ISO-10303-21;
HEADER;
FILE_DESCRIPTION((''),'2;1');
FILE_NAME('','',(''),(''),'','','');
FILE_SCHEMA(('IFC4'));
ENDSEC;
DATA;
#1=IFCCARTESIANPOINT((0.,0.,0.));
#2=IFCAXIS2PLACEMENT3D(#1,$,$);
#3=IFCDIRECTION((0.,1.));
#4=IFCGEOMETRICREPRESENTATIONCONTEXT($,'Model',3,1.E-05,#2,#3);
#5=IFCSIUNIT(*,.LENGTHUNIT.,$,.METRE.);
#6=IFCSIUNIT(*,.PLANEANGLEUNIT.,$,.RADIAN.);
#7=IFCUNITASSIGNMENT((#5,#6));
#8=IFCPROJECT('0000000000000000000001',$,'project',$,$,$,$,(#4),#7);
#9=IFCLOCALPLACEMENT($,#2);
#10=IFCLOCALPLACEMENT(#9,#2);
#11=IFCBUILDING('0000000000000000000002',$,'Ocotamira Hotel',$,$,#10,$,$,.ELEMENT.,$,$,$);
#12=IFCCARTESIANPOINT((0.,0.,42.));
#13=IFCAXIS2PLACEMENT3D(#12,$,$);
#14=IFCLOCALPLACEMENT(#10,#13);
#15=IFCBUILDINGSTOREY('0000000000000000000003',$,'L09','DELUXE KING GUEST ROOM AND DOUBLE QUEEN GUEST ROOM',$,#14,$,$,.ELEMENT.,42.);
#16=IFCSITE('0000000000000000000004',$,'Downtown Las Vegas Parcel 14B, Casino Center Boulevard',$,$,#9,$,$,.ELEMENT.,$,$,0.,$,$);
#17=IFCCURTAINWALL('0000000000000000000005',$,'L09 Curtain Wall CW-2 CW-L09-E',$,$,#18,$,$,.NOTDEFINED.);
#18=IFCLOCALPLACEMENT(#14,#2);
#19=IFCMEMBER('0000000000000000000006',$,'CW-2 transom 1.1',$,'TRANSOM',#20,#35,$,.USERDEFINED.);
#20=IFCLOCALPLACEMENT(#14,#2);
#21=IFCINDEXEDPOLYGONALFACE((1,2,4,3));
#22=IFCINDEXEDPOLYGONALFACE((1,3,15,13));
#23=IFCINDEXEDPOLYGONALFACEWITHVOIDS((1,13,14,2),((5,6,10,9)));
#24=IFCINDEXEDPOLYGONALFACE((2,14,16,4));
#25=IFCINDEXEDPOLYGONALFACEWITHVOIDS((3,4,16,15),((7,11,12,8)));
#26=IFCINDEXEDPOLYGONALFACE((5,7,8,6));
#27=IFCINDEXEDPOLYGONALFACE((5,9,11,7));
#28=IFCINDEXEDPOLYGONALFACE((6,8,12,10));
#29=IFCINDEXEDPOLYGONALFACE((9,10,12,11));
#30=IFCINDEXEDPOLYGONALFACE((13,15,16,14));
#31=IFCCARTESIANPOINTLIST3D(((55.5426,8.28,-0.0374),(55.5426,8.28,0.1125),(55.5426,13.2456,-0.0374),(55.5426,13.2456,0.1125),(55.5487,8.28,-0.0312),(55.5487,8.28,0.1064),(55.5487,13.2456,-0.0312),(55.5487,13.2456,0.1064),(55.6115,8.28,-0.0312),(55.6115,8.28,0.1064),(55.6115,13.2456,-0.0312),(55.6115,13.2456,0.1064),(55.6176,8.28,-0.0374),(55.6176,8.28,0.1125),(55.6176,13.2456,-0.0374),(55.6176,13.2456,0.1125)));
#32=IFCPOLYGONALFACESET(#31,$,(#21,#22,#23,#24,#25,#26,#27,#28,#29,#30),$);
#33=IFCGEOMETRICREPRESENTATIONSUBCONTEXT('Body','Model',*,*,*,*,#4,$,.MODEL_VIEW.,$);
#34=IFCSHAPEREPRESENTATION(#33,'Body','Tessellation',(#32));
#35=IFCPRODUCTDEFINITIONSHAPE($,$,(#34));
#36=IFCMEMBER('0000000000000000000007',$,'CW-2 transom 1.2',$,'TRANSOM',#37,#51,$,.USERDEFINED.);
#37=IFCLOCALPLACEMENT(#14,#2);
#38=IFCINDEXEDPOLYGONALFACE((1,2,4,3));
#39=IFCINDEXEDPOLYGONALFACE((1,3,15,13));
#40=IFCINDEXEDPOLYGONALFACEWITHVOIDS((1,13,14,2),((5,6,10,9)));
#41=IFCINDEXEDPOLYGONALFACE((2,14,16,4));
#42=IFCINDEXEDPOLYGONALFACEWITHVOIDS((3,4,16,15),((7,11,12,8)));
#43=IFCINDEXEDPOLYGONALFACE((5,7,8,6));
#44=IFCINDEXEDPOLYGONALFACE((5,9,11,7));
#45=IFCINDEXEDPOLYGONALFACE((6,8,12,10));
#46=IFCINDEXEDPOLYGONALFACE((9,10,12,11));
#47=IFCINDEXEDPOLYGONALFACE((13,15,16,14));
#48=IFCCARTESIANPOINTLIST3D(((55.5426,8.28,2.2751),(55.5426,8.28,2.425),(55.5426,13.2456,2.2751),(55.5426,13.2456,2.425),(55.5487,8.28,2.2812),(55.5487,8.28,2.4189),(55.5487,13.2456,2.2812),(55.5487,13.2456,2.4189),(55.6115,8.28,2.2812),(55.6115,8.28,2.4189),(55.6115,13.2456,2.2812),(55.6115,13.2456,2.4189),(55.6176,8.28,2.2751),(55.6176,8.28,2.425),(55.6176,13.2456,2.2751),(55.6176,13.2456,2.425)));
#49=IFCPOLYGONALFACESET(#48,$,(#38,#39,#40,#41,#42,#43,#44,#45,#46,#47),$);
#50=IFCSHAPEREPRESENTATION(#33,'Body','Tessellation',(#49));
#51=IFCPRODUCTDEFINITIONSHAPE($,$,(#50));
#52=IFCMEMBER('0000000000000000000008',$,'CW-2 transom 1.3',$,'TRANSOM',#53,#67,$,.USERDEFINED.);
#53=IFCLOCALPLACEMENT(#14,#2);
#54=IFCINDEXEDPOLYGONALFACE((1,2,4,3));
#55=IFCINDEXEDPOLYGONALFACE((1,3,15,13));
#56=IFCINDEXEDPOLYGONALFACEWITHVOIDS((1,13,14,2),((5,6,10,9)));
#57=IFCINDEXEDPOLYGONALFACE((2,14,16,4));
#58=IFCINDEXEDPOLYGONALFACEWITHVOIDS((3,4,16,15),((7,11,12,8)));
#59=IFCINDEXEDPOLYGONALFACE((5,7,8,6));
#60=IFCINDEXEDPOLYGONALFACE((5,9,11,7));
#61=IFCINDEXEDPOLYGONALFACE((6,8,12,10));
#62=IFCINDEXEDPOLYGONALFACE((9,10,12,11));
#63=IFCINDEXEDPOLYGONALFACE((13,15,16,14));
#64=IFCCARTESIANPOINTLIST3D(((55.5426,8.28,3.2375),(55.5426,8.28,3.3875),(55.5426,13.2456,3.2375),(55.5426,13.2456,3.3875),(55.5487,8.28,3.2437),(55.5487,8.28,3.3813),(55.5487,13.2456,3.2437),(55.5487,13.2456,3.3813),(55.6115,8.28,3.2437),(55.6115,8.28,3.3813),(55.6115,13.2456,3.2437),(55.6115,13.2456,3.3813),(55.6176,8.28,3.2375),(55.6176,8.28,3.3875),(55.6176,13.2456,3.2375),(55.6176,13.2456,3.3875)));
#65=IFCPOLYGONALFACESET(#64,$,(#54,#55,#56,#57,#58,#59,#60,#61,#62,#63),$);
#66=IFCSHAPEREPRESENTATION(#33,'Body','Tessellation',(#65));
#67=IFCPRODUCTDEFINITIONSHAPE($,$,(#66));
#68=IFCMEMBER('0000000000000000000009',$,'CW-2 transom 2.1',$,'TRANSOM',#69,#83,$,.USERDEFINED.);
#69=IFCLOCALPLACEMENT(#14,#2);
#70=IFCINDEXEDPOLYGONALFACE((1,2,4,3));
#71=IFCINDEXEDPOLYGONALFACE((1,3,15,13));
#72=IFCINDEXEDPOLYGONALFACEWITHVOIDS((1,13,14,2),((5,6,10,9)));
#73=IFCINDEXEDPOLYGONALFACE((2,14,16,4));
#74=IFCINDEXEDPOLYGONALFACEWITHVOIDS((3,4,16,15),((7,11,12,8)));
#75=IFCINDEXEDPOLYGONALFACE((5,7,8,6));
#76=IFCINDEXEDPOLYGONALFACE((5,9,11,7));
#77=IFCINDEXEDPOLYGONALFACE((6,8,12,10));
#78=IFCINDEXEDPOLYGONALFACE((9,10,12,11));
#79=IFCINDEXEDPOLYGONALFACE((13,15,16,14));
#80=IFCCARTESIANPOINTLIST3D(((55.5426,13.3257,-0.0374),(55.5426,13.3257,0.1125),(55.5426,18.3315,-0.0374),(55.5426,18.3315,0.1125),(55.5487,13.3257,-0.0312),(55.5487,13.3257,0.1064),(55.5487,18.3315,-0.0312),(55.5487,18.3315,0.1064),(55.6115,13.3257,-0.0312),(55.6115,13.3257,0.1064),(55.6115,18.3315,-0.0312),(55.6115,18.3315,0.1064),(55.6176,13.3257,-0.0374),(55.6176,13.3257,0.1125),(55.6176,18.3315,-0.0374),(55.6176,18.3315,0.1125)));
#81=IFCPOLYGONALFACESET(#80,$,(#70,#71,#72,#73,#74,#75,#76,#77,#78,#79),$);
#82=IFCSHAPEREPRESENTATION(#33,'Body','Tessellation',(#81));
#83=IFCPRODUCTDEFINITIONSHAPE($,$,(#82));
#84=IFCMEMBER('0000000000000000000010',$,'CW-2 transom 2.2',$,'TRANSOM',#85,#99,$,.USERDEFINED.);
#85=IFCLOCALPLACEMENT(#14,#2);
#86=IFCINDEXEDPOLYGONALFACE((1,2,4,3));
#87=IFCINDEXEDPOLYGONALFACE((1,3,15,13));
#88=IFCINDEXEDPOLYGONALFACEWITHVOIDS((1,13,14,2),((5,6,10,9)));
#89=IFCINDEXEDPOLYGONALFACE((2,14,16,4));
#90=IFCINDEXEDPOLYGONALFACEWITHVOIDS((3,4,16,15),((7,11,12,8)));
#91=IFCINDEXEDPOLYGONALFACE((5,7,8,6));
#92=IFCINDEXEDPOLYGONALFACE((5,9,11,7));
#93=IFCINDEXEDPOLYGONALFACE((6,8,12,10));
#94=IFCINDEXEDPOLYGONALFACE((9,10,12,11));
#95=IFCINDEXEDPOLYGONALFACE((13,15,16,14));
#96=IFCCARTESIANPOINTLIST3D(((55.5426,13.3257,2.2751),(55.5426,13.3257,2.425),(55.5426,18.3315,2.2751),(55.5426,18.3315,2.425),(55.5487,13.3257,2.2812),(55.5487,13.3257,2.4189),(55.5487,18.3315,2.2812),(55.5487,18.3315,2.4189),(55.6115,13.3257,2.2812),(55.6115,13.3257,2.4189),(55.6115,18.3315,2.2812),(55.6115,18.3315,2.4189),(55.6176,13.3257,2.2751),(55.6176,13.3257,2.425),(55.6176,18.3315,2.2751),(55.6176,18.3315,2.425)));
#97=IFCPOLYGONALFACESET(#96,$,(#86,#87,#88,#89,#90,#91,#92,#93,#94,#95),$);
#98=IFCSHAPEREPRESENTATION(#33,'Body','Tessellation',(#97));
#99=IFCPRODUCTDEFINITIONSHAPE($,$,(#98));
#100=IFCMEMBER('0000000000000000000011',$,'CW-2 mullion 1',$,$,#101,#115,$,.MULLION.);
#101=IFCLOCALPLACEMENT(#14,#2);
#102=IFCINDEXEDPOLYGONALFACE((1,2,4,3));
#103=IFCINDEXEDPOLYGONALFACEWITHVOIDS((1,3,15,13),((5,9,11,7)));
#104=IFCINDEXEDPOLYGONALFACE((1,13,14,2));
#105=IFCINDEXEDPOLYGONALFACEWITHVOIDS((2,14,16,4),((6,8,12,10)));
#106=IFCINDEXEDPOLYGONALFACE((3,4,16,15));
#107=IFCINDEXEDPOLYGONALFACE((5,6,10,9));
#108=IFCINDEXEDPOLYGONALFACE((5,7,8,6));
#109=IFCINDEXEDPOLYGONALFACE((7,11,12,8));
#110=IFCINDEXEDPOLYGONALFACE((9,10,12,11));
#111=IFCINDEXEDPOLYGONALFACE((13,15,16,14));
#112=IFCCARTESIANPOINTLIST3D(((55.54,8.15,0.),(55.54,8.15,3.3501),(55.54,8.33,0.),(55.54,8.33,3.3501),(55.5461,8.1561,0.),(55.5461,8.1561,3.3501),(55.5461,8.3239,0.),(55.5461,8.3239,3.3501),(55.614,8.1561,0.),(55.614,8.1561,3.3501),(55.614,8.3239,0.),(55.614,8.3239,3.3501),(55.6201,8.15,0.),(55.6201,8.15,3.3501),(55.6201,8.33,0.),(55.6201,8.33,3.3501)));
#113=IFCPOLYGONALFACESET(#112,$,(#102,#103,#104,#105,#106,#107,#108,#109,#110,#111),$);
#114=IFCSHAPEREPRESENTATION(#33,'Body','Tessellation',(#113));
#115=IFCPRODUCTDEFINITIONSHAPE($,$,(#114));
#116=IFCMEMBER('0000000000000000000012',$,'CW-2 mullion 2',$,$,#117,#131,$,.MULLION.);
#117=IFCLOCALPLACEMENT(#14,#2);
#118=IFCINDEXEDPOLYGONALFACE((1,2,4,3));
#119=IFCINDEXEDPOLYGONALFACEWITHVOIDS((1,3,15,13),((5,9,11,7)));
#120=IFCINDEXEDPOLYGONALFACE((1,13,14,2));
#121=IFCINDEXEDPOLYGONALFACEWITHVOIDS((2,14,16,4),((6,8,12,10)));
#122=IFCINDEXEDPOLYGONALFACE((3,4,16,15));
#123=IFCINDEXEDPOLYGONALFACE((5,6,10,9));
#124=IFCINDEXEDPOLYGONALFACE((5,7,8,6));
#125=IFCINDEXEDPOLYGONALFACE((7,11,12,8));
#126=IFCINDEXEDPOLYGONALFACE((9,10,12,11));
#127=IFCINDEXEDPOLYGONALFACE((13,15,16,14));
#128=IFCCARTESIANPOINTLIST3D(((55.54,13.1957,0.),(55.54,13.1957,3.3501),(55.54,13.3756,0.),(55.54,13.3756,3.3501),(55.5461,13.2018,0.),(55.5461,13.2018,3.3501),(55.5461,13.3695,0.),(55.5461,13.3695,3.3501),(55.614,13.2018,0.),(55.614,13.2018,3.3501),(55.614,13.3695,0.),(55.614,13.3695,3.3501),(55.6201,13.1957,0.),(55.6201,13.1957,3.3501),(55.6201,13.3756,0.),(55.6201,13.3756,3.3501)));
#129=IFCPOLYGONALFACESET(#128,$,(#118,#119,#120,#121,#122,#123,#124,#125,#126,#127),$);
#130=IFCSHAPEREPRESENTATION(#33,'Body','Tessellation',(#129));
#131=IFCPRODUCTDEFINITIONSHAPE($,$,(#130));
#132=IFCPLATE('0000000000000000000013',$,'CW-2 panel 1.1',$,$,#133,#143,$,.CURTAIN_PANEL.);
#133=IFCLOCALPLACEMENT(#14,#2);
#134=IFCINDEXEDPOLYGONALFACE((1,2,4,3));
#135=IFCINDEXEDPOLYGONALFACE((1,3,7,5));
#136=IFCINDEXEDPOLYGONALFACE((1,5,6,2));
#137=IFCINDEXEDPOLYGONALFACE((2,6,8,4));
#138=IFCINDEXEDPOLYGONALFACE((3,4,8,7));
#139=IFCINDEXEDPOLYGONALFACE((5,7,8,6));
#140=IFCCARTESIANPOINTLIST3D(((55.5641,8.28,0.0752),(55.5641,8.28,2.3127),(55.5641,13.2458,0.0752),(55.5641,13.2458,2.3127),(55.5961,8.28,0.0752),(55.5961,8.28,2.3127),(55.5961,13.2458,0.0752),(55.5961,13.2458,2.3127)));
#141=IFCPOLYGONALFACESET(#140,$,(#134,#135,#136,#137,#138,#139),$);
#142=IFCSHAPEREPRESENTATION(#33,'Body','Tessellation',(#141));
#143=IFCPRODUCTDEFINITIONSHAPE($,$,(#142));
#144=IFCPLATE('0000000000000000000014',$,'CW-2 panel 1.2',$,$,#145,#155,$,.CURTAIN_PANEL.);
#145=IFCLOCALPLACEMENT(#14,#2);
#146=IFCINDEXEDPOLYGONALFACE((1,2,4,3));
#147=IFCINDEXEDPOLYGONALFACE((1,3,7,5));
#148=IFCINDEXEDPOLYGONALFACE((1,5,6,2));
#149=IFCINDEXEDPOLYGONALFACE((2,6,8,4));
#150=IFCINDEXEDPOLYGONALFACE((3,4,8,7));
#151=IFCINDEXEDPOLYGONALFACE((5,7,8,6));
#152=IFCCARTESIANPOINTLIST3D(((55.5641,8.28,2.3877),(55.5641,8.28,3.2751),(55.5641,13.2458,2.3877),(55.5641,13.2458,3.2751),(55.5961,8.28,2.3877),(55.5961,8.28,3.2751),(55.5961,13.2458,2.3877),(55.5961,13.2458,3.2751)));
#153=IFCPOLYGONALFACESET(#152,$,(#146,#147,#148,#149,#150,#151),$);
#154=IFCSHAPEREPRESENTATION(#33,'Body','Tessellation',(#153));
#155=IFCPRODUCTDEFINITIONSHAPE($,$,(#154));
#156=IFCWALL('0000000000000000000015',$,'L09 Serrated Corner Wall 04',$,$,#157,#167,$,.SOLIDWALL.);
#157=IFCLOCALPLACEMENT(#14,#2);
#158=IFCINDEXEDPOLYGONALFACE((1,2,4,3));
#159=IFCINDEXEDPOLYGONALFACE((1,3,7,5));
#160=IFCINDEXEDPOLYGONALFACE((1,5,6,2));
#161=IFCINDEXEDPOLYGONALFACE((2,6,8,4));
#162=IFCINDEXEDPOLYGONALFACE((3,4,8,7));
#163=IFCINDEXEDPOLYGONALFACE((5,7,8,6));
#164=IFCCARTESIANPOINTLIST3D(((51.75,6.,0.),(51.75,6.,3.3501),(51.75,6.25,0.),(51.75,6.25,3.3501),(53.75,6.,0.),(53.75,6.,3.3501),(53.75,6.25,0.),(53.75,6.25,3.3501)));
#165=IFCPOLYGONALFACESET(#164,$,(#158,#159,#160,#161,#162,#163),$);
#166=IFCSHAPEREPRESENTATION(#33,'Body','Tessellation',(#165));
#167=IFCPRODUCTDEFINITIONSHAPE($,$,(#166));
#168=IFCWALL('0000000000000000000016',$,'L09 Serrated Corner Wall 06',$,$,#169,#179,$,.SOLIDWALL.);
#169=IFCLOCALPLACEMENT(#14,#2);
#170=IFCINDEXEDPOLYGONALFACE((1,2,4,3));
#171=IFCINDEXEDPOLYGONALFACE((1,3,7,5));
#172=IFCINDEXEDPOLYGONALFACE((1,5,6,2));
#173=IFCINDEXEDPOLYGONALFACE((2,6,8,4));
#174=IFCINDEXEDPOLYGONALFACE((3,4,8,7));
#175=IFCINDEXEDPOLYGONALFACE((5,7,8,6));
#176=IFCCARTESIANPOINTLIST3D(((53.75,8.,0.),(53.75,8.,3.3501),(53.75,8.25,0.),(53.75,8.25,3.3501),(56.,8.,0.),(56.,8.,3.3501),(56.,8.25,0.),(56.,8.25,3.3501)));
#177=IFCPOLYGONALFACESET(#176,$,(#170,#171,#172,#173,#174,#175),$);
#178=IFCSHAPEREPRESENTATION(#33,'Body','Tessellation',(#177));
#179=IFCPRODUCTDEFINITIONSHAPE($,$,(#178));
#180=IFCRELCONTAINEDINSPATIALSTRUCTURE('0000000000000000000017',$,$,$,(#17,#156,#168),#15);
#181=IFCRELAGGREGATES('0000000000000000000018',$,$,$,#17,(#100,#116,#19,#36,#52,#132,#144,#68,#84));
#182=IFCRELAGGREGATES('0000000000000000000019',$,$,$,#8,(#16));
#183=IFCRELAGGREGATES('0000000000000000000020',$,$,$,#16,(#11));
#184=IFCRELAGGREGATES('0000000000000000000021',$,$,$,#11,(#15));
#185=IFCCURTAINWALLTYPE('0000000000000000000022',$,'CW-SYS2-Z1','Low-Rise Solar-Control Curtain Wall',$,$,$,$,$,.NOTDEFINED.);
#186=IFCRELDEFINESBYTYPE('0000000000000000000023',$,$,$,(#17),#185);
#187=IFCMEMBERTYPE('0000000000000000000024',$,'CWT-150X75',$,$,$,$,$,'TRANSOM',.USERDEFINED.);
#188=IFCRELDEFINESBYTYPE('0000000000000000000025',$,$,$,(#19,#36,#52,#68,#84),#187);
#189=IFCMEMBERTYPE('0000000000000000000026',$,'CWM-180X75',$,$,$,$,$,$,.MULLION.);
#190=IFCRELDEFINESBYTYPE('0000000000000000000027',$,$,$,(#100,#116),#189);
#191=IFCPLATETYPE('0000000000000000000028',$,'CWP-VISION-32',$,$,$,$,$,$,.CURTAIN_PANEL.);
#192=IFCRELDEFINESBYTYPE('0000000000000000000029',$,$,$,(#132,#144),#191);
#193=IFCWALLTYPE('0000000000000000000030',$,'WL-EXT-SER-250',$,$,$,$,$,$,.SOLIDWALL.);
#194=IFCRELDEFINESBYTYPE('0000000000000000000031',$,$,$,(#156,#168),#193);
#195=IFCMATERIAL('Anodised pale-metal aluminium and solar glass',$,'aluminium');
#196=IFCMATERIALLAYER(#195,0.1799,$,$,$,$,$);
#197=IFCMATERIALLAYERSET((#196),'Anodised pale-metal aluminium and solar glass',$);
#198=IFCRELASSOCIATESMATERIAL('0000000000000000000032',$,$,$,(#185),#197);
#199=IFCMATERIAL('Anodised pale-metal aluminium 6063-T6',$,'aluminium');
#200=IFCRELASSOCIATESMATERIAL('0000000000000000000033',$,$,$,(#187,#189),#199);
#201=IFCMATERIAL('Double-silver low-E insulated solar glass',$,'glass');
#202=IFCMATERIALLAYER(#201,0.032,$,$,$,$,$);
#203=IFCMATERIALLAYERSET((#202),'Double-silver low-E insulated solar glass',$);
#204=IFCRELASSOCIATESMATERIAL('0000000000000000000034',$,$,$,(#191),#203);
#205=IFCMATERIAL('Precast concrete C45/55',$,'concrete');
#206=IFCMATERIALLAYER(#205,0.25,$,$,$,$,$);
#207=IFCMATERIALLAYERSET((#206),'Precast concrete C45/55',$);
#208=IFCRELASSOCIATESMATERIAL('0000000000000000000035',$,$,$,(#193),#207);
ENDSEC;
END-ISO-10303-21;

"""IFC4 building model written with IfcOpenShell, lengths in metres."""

from ifc_helpers import new_model, si_unit, direction, frame, frame_2d, origin, origin_2d, place, context, subcontext, project, spatial, rectangle, hollow_rectangle, extrude, source, transform, mapped, material, layer, layer_set, material_profile, profile_set, type_object, element, aggregate, save


model = new_model("IFC4")

# Units and contexts
model_context = context("Model", 3, precision=1e-05, world=origin(), true_north=direction((0.0, 1.0)))
body_context = subcontext(model_context, "Body", "Model", "MODEL_VIEW")
ifc_project = project(units=[si_unit("LENGTHUNIT", "METRE"), si_unit("PLANEANGLEUNIT", "RADIAN")], contexts=[model_context])

# Site, building, storey
site_placement = place(None, origin())
site = spatial("IfcSite", under=ifc_project, at=site_placement, Name="Downtown Las Vegas Parcel 14B, Casino Center Boulevard", CompositionType="ELEMENT", RefElevation=0.0)
building_placement = place(site_placement, origin())
building = spatial("IfcBuilding", under=site, at=building_placement, Name="Ocotamira Hotel", CompositionType="ELEMENT")
storey_placement = place(building_placement, frame((0.0, 0.0, 42.0)))
storey = spatial("IfcBuildingStorey", under=building, at=storey_placement, Name="L09", Description="DELUXE KING GUEST ROOM AND DOUBLE QUEEN GUEST ROOM", CompositionType="ELEMENT", Elevation=42.0)

# Curtain wall, members, plates
ifc_material_1 = material(Name="Anodised pale-metal aluminium and solar glass", Category="aluminium")
ifc_layer_1 = layer(ifc_material_1, 0.1799)
ifc_layer_set_1 = layer_set([ifc_layer_1], Name="Anodised pale-metal aluminium and solar glass")
curtain_wall_type = type_object("IfcCurtainWallType", Name="CW-SYS2-Z1", Description="Low-Rise Solar-Control Curtain Wall", PredefinedType="NOTDEFINED", material=ifc_layer_set_1)
curtain_wall_placement = place(storey_placement, origin())
curtain_wall = element("IfcCurtainWall", 1, at=curtain_wall_placement, inside=storey, type_object=curtain_wall_type, Name="L09 Curtain Wall CW-2 CW-L09-E", PredefinedType="NOTDEFINED")
ifc_material_2 = material(Name="Anodised pale-metal aluminium 6063-T6", Category="aluminium")
ifc_material_profile_1 = material_profile(ifc_material_2, hollow_rectangle(XDim=0.075, YDim=0.1499, WallThickness=0.0061, at=origin_2d()), Name="HSS150X75X6")
ifc_profile_set_1 = profile_set([ifc_material_profile_1], Name="Anodised pale-metal aluminium 6063-T6")
member_type_1 = type_object("IfcMemberType", Name="CWT-150X75", ElementType="TRANSOM", PredefinedType="USERDEFINED", material=ifc_profile_set_1)
shared_shape_1 = source(origin(), body_context, "Body", "SweptSolid", [
    extrude(hollow_rectangle(XDim=0.075, YDim=0.1499, WallThickness=0.0061, at=origin_2d()), origin(), (0.0, 0.0, 1.0), 4.9656),
])
member_1_placement = place(storey_placement, frame((55.5801, 8.28, 0.0376), z_axis=(0.0, 1.0, 0.0), x_axis=(-1.0, 0.0, 0.0)))
member_1 = element("IfcMember", 2, at=member_1_placement, type_object=member_type_1, Name="CW-2 transom 1.1", ObjectType="TRANSOM", PredefinedType="USERDEFINED", context=body_context, shape_type="MappedRepresentation", body=[
    mapped(shared_shape_1, transform((0.0, 0.0, 0.0), scale=1.0)),
])
member_2_placement = place(storey_placement, frame((55.5801, 8.28, 2.3501), z_axis=(0.0, 1.0, 0.0), x_axis=(-1.0, 0.0, 0.0)))
member_2 = element("IfcMember", 3, at=member_2_placement, type_object=member_type_1, Name="CW-2 transom 1.2", ObjectType="TRANSOM", PredefinedType="USERDEFINED", context=body_context, shape_type="MappedRepresentation", body=[
    mapped(shared_shape_1, transform((0.0, 0.0, 0.0), scale=1.0)),
])
member_3_placement = place(storey_placement, frame((55.5801, 8.28, 3.3125), z_axis=(0.0, 1.0, 0.0), x_axis=(-1.0, 0.0, 0.0)))
member_3 = element("IfcMember", 4, at=member_3_placement, type_object=member_type_1, Name="CW-2 transom 1.3", ObjectType="TRANSOM", PredefinedType="USERDEFINED", context=body_context, shape_type="MappedRepresentation", body=[
    mapped(shared_shape_1, transform((0.0, 0.0, 0.0), scale=1.0)),
])
shared_shape_2 = source(origin(), body_context, "Body", "SweptSolid", [
    extrude(hollow_rectangle(XDim=0.075, YDim=0.1499, WallThickness=0.0061, at=origin_2d()), origin(), (0.0, 0.0, 1.0), 5.0059),
])
member_4_placement = place(storey_placement, frame((55.5801, 13.3257, 0.0376), z_axis=(0.0, 1.0, 0.0), x_axis=(-1.0, 0.0, 0.0)))
member_4 = element("IfcMember", 5, at=member_4_placement, type_object=member_type_1, Name="CW-2 transom 2.1", ObjectType="TRANSOM", PredefinedType="USERDEFINED", context=body_context, shape_type="MappedRepresentation", body=[
    mapped(shared_shape_2, transform((0.0, 0.0, 0.0), scale=1.0)),
])
member_5_placement = place(storey_placement, frame((55.5801, 13.3257, 2.3501), z_axis=(0.0, 1.0, 0.0), x_axis=(-1.0, 0.0, 0.0)))
member_5 = element("IfcMember", 6, at=member_5_placement, type_object=member_type_1, Name="CW-2 transom 2.2", ObjectType="TRANSOM", PredefinedType="USERDEFINED", context=body_context, shape_type="MappedRepresentation", body=[
    mapped(shared_shape_2, transform((0.0, 0.0, 0.0), scale=1.0)),
])
ifc_material_profile_2 = material_profile(ifc_material_2, hollow_rectangle(XDim=0.0801, YDim=0.1799, WallThickness=0.0061, at=origin_2d()), Name="HSS180X80X6")
ifc_profile_set_2 = profile_set([ifc_material_profile_2], Name="Anodised pale-metal aluminium 6063-T6")
member_type_2 = type_object("IfcMemberType", Name="CWM-180X75", PredefinedType="MULLION", material=ifc_profile_set_2)
shared_shape_3 = source(origin(), body_context, "Body", "SweptSolid", [
    extrude(hollow_rectangle(XDim=0.0801, YDim=0.1799, WallThickness=0.0061, at=origin_2d()), origin(), (0.0, 0.0, 1.0), 3.3501),
])
member_6_placement = place(storey_placement, frame((55.5801, 8.24, 0.0), z_axis=(0.0, 0.0, 1.0), x_axis=(-1.0, 0.0, 0.0)))
member_6 = element("IfcMember", 7, at=member_6_placement, type_object=member_type_2, Name="CW-2 mullion 1", PredefinedType="MULLION", context=body_context, shape_type="MappedRepresentation", body=[
    mapped(shared_shape_3, transform((0.0, 0.0, 0.0), scale=1.0)),
])
member_7_placement = place(storey_placement, frame((55.5801, 13.2856, 0.0), z_axis=(0.0, 0.0, 1.0), x_axis=(-1.0, 0.0, 0.0)))
member_7 = element("IfcMember", 8, at=member_7_placement, type_object=member_type_2, Name="CW-2 mullion 2", PredefinedType="MULLION", context=body_context, shape_type="MappedRepresentation", body=[
    mapped(shared_shape_3, transform((0.0, 0.0, 0.0), scale=1.0)),
])
ifc_material_3 = material(Name="Double-silver low-E insulated solar glass", Category="glass")
ifc_layer_2 = layer(ifc_material_3, 0.032)
ifc_layer_set_2 = layer_set([ifc_layer_2], Name="Double-silver low-E insulated solar glass")
plate_type = type_object("IfcPlateType", Name="CWP-VISION-32", PredefinedType="CURTAIN_PANEL", material=ifc_layer_set_2)
shared_shape_4 = source(origin(), body_context, "Body", "SweptSolid", [
    extrude(rectangle(XDim=4.9658, YDim=0.032, at=origin_2d()), origin(), (0.0, 0.0, 1.0), 2.2375),
])
plate_1_placement = place(storey_placement, frame((55.5801, 10.7629, 0.0752), z_axis=(0.0, 0.0, 1.0), x_axis=(0.0, 1.0, 0.0)))
plate_1 = element("IfcPlate", 9, at=plate_1_placement, type_object=plate_type, Name="CW-2 panel 1.1", PredefinedType="CURTAIN_PANEL", context=body_context, shape_type="MappedRepresentation", body=[
    mapped(shared_shape_4, transform((0.0, 0.0, 0.0), scale=1.0)),
])
shared_shape_5 = source(origin(), body_context, "Body", "SweptSolid", [
    extrude(rectangle(XDim=4.9658, YDim=0.032, at=origin_2d()), origin(), (0.0, 0.0, 1.0), 0.8875),
])
plate_2_placement = place(storey_placement, frame((55.5801, 10.7629, 2.3877), z_axis=(0.0, 0.0, 1.0), x_axis=(0.0, 1.0, 0.0)))
plate_2 = element("IfcPlate", 10, at=plate_2_placement, type_object=plate_type, Name="CW-2 panel 1.2", PredefinedType="CURTAIN_PANEL", context=body_context, shape_type="MappedRepresentation", body=[
    mapped(shared_shape_5, transform((0.0, 0.0, 0.0), scale=1.0)),
])
aggregate(curtain_wall, [member_6, member_7, member_1, member_2, member_3, plate_1, plate_2, member_4, member_5])

# Walls
ifc_material_4 = material(Name="Precast concrete C45/55", Category="concrete")
ifc_layer_3 = layer(ifc_material_4, 0.25)
ifc_layer_set_3 = layer_set([ifc_layer_3], Name="Precast concrete C45/55")
wall_type_1 = type_object("IfcWallType", Name="WL-EXT-SER-250", PredefinedType="SOLIDWALL", material=ifc_layer_set_3)
wall_1_placement = place(storey_placement, frame((51.75, 6.125, 0.0), z_axis=(0.0, 0.0, 1.0), x_axis=(1.0, 0.0, 0.0)))
element("IfcWall", 11, at=wall_1_placement, inside=storey, type_object=wall_type_1, Name="L09 Serrated Corner Wall 04", PredefinedType="SOLIDWALL", context=body_context, shape_type="SweptSolid", body=[
    extrude(rectangle(XDim=2.0, YDim=0.25, at=frame_2d((1.0, 0.0))), origin(), (0.0, 0.0, 1.0), 3.3501),
])
wall_2_placement = place(storey_placement, frame((53.75, 8.125, 0.0), z_axis=(0.0, 0.0, 1.0), x_axis=(1.0, 0.0, 0.0)))
element("IfcWall", 12, at=wall_2_placement, inside=storey, type_object=wall_type_1, Name="L09 Serrated Corner Wall 06", PredefinedType="SOLIDWALL", context=body_context, shape_type="SweptSolid", body=[
    extrude(rectangle(XDim=2.25, YDim=0.25, at=frame_2d((1.125, 0.0))), origin(), (0.0, 0.0, 1.0), 3.3501),
])

save(model, "model.ifc")
